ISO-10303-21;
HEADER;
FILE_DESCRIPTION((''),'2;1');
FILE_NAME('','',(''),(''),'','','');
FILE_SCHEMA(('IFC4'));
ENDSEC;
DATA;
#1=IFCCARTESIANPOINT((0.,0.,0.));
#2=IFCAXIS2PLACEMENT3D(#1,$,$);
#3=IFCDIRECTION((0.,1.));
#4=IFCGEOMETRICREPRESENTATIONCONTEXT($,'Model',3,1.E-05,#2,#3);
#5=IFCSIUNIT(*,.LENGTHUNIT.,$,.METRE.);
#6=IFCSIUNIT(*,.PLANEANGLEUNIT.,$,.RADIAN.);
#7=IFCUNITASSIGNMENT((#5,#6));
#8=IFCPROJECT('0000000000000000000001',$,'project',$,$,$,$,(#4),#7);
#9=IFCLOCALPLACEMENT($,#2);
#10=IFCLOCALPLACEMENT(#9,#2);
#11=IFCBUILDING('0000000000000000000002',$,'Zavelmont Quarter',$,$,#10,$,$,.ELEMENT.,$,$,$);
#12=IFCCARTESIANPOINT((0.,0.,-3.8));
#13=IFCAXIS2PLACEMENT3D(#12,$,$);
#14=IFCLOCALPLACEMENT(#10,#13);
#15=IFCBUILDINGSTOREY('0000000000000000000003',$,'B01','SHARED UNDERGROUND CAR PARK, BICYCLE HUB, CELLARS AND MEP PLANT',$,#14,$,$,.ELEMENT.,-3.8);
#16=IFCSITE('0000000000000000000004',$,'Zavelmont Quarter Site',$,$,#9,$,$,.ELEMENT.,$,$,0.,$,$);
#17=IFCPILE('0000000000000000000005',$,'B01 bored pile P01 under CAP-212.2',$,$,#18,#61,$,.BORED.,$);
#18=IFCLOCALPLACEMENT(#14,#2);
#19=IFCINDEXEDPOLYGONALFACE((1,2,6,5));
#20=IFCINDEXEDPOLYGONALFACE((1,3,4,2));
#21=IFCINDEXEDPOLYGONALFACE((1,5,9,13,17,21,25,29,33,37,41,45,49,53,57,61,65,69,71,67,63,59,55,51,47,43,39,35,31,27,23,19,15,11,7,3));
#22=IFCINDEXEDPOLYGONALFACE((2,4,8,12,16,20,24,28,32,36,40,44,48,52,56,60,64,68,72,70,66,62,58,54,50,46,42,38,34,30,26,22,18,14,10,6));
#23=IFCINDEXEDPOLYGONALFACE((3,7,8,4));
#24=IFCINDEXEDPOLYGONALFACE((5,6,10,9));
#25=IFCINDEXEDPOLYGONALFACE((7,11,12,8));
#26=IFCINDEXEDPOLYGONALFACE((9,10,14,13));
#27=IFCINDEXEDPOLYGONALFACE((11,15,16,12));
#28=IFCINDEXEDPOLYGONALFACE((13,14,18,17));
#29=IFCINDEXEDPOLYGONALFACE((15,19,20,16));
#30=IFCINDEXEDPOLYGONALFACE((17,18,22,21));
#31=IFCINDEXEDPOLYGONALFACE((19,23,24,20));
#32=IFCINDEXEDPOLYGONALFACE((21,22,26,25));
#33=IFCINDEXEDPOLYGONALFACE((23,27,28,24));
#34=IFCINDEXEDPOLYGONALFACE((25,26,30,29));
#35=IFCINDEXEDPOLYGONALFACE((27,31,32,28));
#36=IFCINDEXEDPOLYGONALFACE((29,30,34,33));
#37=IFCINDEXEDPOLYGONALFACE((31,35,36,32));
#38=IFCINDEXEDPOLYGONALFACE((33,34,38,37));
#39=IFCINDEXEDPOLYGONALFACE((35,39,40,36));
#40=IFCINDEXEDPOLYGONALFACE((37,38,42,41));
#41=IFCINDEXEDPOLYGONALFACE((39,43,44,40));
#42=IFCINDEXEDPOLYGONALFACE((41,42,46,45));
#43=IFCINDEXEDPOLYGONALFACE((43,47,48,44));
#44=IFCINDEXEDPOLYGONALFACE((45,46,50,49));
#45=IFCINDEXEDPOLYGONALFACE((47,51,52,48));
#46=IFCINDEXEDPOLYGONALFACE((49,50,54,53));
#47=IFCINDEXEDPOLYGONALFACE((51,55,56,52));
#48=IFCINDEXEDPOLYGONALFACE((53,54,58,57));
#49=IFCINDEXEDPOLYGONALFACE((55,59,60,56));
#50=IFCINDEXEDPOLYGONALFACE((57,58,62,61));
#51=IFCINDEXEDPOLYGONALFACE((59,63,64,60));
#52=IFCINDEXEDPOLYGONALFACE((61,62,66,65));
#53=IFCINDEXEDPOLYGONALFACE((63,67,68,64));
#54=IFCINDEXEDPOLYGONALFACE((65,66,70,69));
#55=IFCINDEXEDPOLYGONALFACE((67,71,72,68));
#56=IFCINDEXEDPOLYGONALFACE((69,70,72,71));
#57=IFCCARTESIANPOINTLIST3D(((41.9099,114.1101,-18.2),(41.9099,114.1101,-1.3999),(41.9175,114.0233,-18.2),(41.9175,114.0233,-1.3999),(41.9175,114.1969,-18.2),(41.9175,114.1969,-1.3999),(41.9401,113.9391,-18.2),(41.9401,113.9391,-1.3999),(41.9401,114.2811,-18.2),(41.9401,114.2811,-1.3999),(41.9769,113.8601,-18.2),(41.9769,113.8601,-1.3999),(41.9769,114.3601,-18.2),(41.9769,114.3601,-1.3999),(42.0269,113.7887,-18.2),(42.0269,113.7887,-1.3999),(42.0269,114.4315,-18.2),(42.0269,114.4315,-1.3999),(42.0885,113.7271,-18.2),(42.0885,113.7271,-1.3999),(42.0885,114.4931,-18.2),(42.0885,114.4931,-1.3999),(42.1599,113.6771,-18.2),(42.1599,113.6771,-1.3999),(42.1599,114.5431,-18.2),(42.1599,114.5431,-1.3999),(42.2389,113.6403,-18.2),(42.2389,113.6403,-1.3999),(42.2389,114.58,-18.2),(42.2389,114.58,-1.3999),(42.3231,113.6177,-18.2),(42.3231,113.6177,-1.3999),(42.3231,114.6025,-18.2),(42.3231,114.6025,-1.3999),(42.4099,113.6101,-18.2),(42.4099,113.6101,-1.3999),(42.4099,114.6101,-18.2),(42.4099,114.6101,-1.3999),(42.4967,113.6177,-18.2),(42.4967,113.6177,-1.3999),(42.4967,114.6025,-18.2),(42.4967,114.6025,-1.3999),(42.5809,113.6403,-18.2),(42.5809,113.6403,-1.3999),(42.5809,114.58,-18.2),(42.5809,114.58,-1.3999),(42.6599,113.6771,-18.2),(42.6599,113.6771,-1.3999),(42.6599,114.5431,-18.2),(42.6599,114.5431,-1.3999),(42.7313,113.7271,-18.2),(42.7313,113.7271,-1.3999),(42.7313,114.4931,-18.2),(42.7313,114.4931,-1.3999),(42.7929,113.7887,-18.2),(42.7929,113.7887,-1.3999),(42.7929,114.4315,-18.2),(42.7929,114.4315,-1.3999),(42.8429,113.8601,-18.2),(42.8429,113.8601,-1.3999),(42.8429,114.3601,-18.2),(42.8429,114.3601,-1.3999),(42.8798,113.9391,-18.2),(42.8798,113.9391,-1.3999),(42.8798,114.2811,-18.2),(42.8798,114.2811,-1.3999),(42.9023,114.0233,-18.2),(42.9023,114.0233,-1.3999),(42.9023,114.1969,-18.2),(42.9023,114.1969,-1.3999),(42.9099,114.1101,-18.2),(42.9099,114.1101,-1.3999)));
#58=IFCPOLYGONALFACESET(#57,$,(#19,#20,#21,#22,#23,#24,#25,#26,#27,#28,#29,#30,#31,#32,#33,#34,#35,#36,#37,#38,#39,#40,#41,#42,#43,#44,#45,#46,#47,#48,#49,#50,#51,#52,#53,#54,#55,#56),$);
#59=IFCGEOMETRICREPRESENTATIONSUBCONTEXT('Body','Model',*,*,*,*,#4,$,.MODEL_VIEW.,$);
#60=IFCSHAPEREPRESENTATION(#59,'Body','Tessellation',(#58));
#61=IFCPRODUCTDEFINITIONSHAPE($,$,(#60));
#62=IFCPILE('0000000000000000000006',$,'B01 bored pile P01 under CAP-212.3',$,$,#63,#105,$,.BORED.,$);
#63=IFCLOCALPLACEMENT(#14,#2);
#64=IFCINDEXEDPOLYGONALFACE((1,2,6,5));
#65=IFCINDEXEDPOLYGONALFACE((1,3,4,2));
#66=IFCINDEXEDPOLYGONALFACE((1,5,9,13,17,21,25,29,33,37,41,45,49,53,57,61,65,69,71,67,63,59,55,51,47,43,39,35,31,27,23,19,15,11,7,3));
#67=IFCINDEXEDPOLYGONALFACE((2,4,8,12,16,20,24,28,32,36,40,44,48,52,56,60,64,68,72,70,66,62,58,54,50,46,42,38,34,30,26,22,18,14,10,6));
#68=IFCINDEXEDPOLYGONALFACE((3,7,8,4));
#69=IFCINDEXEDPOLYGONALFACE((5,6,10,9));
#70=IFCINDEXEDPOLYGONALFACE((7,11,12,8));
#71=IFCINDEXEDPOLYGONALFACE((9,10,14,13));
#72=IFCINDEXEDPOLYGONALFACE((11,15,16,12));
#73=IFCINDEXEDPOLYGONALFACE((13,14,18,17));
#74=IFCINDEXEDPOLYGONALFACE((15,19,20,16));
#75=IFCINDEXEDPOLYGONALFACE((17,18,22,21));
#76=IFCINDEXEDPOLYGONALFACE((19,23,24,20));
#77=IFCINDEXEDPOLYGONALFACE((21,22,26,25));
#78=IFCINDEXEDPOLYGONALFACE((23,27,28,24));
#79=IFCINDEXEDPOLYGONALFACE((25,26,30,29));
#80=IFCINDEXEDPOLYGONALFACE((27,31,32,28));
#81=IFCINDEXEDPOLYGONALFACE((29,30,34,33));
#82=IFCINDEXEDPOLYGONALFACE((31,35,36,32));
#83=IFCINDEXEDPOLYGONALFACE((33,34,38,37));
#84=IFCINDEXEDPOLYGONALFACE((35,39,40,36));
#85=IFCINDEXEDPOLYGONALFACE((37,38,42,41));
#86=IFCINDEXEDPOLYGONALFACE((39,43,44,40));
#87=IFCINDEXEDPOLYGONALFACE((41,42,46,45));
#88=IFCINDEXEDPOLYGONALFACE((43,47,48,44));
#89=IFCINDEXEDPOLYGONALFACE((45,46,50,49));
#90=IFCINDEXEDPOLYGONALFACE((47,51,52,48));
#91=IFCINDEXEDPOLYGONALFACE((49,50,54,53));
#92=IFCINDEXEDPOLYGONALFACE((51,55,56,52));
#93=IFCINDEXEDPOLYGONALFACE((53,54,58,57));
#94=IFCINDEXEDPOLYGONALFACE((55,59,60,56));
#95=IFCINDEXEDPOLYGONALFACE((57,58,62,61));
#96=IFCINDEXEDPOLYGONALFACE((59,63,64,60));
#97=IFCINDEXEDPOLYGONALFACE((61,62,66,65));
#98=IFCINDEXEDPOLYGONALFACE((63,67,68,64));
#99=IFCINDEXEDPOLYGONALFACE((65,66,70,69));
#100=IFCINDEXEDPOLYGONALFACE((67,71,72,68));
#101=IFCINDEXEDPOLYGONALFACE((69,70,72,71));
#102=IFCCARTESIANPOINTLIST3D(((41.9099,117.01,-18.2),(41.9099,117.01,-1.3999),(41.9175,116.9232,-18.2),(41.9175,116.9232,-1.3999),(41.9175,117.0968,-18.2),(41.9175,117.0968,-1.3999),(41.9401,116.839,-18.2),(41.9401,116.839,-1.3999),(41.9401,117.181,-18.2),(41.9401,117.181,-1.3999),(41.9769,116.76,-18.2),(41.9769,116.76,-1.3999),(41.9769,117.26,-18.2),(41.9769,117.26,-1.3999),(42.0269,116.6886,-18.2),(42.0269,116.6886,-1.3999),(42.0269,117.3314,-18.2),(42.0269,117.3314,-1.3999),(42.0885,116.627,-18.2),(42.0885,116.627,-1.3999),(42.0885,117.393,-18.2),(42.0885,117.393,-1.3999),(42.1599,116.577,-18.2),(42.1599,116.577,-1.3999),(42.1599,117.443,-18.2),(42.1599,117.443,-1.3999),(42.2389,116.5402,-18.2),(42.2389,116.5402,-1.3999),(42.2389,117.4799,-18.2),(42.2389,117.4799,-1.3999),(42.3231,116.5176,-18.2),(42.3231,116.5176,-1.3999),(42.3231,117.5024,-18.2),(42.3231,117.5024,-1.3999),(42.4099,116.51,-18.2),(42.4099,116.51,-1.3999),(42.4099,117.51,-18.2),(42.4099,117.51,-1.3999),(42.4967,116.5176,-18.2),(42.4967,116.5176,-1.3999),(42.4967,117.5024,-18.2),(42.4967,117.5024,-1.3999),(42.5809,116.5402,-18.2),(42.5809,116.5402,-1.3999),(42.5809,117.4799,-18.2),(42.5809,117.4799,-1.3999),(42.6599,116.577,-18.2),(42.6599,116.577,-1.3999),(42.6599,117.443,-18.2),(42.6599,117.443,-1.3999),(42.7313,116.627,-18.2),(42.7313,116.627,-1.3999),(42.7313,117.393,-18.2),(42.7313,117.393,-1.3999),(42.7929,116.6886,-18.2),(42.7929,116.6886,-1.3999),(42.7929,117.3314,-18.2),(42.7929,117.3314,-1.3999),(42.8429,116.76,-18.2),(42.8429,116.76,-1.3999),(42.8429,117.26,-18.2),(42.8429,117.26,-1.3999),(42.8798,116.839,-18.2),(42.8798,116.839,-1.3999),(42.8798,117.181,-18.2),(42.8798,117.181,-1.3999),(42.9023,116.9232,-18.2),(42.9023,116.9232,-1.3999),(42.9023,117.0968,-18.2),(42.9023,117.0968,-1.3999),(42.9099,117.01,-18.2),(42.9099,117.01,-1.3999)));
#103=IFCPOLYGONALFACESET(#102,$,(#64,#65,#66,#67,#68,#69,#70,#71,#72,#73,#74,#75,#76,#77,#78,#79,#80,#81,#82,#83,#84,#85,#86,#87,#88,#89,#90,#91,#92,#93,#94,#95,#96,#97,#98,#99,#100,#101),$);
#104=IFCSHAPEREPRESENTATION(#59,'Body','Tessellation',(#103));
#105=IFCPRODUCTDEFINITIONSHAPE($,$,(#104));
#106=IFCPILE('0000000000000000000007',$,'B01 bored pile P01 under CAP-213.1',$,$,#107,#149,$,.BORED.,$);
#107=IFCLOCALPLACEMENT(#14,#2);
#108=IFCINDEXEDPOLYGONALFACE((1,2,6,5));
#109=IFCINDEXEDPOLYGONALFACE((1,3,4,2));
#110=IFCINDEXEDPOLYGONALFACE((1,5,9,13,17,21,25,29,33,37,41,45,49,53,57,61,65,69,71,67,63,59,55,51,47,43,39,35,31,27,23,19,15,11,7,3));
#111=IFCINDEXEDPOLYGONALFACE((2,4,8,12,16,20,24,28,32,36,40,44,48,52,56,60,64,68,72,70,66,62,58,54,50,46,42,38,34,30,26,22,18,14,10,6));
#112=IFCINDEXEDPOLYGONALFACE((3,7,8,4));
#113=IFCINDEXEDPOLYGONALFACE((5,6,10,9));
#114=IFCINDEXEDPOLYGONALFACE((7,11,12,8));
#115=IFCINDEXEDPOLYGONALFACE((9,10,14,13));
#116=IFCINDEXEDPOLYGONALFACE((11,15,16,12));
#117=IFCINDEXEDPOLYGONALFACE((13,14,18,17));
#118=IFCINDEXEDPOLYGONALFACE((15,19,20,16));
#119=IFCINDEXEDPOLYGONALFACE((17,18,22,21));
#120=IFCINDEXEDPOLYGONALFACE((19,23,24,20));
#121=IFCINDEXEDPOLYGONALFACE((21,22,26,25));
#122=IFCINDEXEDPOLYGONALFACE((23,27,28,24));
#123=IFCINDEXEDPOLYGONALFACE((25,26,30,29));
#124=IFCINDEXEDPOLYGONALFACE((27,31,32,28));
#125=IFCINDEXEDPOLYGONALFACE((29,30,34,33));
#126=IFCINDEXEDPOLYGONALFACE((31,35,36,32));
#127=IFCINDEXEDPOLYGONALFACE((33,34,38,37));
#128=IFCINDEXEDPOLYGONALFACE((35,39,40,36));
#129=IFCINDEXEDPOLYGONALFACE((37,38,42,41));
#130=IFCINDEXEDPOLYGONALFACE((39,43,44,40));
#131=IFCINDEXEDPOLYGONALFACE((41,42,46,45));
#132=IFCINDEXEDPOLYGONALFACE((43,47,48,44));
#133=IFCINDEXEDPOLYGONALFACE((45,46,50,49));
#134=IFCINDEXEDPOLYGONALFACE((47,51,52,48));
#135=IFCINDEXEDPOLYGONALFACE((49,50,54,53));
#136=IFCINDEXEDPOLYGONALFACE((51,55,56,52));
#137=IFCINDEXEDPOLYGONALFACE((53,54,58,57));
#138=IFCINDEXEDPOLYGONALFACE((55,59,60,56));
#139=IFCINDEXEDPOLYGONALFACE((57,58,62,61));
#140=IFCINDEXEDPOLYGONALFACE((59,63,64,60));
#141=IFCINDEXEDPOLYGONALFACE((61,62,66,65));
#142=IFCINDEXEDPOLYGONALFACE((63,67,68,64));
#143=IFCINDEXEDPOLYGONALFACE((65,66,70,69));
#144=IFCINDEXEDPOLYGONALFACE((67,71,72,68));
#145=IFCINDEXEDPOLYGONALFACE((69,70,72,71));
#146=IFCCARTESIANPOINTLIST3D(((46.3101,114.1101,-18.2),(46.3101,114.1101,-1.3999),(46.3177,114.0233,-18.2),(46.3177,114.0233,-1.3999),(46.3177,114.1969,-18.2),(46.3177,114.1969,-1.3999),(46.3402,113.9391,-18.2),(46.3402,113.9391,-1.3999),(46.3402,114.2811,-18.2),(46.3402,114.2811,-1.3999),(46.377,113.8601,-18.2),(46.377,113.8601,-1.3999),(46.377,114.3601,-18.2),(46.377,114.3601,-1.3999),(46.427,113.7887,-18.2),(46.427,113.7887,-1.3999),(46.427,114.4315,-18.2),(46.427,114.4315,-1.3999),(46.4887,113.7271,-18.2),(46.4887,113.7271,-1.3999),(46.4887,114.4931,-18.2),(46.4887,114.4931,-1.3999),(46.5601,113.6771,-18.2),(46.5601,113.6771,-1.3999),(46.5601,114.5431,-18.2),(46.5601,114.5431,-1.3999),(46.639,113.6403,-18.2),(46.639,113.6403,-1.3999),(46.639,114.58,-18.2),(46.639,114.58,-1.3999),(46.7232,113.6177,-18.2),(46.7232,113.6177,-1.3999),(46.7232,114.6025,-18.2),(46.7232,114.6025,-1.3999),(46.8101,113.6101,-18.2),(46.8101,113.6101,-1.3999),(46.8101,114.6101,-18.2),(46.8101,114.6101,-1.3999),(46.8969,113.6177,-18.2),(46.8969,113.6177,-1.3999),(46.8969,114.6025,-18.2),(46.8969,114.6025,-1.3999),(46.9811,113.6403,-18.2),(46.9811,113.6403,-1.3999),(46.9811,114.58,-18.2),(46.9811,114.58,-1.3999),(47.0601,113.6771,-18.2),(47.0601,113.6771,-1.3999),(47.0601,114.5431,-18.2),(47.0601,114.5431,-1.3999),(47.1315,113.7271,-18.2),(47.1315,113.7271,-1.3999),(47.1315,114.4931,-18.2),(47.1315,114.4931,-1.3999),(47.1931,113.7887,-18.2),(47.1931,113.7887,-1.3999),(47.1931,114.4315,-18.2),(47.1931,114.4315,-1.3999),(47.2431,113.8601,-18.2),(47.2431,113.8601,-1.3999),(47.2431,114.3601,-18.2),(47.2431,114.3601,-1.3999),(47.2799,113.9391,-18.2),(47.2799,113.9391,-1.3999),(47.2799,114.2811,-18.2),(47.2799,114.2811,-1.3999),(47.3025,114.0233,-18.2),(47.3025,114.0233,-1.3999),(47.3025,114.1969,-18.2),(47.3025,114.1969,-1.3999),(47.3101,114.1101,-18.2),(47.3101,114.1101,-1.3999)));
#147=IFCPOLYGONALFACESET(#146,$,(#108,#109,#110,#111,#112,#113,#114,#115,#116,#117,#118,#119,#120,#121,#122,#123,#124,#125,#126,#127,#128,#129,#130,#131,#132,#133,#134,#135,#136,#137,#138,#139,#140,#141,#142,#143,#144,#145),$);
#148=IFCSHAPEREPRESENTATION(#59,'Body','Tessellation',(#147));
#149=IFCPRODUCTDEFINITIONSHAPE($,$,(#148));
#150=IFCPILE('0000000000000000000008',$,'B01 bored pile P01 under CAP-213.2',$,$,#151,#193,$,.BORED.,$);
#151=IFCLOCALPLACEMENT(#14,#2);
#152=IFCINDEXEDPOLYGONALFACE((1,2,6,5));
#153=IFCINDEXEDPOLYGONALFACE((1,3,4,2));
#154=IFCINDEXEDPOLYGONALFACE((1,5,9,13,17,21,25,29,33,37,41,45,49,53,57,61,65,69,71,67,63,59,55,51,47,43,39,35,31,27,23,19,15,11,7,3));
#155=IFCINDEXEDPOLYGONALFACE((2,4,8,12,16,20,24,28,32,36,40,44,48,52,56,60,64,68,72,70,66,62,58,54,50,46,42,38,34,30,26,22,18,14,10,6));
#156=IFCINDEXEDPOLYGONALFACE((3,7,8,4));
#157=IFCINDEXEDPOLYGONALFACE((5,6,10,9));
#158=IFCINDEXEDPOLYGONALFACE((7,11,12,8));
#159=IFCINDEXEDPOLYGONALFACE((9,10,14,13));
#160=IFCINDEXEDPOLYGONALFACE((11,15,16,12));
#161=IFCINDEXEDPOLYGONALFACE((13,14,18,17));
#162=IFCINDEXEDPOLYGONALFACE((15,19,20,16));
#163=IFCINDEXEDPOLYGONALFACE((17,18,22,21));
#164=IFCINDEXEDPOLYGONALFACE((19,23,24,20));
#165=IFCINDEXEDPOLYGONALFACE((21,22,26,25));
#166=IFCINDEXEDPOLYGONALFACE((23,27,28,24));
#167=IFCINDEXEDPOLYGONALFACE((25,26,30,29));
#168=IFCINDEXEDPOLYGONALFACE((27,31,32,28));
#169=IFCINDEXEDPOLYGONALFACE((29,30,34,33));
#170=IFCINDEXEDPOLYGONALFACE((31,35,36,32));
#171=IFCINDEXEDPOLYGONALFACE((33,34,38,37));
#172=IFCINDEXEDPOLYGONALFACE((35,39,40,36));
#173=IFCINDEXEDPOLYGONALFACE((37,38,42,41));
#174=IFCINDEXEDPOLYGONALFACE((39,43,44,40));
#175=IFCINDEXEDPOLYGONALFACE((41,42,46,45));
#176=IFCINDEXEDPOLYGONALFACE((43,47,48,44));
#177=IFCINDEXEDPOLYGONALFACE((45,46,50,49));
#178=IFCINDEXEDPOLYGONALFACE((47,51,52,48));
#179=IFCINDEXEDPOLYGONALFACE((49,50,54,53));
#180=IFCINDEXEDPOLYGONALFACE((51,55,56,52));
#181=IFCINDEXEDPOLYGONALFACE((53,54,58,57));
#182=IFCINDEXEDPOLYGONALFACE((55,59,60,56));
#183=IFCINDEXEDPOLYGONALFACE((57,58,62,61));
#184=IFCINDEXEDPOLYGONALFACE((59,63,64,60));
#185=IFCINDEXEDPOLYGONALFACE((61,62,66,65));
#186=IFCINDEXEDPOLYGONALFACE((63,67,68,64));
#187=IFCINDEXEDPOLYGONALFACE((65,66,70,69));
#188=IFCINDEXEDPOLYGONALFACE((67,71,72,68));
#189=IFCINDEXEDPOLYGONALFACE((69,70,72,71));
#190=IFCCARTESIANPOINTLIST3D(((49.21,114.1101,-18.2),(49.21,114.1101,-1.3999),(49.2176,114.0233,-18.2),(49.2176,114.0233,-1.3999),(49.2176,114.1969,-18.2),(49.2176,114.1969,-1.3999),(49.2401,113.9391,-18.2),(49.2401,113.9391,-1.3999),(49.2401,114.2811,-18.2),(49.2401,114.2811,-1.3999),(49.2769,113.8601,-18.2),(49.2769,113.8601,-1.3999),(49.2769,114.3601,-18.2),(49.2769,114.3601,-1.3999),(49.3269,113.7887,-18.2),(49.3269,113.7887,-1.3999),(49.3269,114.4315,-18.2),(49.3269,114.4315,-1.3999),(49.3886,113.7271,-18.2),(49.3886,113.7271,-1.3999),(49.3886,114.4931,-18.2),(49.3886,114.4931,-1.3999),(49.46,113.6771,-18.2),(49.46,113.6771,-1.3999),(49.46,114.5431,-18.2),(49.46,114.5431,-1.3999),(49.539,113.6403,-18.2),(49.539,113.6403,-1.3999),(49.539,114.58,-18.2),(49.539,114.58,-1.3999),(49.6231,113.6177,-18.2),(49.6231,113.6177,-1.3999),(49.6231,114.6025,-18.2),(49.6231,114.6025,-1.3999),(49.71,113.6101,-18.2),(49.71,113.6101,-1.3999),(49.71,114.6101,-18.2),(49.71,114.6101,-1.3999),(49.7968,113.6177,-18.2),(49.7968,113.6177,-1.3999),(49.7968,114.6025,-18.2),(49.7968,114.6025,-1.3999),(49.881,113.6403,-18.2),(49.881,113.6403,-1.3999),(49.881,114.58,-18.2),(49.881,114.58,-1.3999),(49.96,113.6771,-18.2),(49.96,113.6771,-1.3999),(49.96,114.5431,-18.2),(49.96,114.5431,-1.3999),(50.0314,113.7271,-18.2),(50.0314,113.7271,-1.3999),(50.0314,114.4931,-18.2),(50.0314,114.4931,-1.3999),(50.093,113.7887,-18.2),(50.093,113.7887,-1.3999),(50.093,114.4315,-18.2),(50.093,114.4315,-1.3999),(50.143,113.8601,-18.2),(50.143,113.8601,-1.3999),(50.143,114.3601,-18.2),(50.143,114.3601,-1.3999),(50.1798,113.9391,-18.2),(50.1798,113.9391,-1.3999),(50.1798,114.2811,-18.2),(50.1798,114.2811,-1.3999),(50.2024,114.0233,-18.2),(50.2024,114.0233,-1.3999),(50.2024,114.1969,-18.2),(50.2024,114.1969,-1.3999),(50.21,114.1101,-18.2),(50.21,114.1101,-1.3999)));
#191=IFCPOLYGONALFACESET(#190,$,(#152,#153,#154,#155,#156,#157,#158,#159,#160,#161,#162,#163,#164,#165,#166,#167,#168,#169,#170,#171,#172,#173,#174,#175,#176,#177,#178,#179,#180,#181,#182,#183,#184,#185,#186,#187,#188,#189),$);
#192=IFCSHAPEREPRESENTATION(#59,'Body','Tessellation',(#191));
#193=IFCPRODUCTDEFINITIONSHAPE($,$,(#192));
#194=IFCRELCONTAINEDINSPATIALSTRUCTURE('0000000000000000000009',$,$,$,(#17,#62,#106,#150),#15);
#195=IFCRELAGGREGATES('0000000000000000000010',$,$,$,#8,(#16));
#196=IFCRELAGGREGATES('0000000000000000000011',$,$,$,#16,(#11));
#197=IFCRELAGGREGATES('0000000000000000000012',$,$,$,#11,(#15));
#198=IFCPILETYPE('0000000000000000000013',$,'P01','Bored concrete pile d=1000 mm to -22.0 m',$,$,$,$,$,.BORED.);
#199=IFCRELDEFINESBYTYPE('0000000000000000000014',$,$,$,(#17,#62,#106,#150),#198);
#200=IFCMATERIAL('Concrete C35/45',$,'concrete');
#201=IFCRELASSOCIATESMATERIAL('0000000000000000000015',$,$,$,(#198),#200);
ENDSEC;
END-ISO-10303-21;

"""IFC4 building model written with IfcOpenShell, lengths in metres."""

from ifc_helpers import new_model, si_unit, direction, frame, origin, origin_2d, place, context, subcontext, project, spatial, circle, extrude, material, material_profile, profile_set, type_object, element, save


model = new_model("IFC4")

# Units and contexts
model_context = context("Model", 3, precision=1e-05, world=origin(), true_north=direction((0.0, 1.0)))
body_context = subcontext(model_context, "Body", "Model", "MODEL_VIEW")
ifc_project = project(units=[si_unit("LENGTHUNIT", "METRE"), si_unit("PLANEANGLEUNIT", "RADIAN")], contexts=[model_context])

# Site, building, storey
site_placement = place(None, origin())
site = spatial("IfcSite", under=ifc_project, at=site_placement, Name="Zavelmont Quarter Site", CompositionType="ELEMENT", RefElevation=0.0)
building_placement = place(site_placement, origin())
building = spatial("IfcBuilding", under=site, at=building_placement, Name="Zavelmont Quarter", CompositionType="ELEMENT")
storey_placement = place(building_placement, frame((0.0, 0.0, -3.8)))
storey = spatial("IfcBuildingStorey", under=building, at=storey_placement, Name="B01", Description="SHARED UNDERGROUND CAR PARK, BICYCLE HUB, CELLARS AND MEP PLANT", CompositionType="ELEMENT", Elevation=-3.8)

# Shared definitions
ifc_material_1 = material(Name="Concrete C35/45", Category="concrete")

# Piles
ifc_material_profile_1 = material_profile(ifc_material_1, circle(Radius=0.5, at=origin_2d()), Name="BP1000")
ifc_profile_set_1 = profile_set([ifc_material_profile_1], Name="Concrete C35/45")
pile_type_1 = type_object("IfcPileType", Name="P01", Description="Bored concrete pile d=1000 mm to -22.0 m", PredefinedType="BORED", material=ifc_profile_set_1)
for number, where, z_axis, x_axis, name in (
    (1, (42.4099, 114.1101, -1.3999), (0.0, 0.0, -1.0), (1.0, 0.0, 0.0), "B01 bored pile P01 under CAP-212.2"),
    (2, (42.4099, 117.01, -1.3999), (0.0, 0.0, -1.0), (1.0, 0.0, 0.0), "B01 bored pile P01 under CAP-212.3"),
    (3, (46.8101, 114.1101, -1.3999), (0.0, 0.0, -1.0), (1.0, 0.0, 0.0), "B01 bored pile P01 under CAP-213.1"),
    (4, (49.71, 114.1101, -1.3999), (0.0, 0.0, -1.0), (1.0, 0.0, 0.0), "B01 bored pile P01 under CAP-213.2"),
):
    element("IfcPile", number, at=place(storey_placement, frame(where, z_axis=z_axis, x_axis=x_axis)), inside=storey, type_object=pile_type_1, Name=name, PredefinedType="BORED", context=body_context, shape_type="SweptSolid", body=[
        extrude(circle(Radius=0.5, at=origin_2d()), origin(), (0.0, 0.0, 1.0), 16.8),
    ])

save(model, "model.ifc")
